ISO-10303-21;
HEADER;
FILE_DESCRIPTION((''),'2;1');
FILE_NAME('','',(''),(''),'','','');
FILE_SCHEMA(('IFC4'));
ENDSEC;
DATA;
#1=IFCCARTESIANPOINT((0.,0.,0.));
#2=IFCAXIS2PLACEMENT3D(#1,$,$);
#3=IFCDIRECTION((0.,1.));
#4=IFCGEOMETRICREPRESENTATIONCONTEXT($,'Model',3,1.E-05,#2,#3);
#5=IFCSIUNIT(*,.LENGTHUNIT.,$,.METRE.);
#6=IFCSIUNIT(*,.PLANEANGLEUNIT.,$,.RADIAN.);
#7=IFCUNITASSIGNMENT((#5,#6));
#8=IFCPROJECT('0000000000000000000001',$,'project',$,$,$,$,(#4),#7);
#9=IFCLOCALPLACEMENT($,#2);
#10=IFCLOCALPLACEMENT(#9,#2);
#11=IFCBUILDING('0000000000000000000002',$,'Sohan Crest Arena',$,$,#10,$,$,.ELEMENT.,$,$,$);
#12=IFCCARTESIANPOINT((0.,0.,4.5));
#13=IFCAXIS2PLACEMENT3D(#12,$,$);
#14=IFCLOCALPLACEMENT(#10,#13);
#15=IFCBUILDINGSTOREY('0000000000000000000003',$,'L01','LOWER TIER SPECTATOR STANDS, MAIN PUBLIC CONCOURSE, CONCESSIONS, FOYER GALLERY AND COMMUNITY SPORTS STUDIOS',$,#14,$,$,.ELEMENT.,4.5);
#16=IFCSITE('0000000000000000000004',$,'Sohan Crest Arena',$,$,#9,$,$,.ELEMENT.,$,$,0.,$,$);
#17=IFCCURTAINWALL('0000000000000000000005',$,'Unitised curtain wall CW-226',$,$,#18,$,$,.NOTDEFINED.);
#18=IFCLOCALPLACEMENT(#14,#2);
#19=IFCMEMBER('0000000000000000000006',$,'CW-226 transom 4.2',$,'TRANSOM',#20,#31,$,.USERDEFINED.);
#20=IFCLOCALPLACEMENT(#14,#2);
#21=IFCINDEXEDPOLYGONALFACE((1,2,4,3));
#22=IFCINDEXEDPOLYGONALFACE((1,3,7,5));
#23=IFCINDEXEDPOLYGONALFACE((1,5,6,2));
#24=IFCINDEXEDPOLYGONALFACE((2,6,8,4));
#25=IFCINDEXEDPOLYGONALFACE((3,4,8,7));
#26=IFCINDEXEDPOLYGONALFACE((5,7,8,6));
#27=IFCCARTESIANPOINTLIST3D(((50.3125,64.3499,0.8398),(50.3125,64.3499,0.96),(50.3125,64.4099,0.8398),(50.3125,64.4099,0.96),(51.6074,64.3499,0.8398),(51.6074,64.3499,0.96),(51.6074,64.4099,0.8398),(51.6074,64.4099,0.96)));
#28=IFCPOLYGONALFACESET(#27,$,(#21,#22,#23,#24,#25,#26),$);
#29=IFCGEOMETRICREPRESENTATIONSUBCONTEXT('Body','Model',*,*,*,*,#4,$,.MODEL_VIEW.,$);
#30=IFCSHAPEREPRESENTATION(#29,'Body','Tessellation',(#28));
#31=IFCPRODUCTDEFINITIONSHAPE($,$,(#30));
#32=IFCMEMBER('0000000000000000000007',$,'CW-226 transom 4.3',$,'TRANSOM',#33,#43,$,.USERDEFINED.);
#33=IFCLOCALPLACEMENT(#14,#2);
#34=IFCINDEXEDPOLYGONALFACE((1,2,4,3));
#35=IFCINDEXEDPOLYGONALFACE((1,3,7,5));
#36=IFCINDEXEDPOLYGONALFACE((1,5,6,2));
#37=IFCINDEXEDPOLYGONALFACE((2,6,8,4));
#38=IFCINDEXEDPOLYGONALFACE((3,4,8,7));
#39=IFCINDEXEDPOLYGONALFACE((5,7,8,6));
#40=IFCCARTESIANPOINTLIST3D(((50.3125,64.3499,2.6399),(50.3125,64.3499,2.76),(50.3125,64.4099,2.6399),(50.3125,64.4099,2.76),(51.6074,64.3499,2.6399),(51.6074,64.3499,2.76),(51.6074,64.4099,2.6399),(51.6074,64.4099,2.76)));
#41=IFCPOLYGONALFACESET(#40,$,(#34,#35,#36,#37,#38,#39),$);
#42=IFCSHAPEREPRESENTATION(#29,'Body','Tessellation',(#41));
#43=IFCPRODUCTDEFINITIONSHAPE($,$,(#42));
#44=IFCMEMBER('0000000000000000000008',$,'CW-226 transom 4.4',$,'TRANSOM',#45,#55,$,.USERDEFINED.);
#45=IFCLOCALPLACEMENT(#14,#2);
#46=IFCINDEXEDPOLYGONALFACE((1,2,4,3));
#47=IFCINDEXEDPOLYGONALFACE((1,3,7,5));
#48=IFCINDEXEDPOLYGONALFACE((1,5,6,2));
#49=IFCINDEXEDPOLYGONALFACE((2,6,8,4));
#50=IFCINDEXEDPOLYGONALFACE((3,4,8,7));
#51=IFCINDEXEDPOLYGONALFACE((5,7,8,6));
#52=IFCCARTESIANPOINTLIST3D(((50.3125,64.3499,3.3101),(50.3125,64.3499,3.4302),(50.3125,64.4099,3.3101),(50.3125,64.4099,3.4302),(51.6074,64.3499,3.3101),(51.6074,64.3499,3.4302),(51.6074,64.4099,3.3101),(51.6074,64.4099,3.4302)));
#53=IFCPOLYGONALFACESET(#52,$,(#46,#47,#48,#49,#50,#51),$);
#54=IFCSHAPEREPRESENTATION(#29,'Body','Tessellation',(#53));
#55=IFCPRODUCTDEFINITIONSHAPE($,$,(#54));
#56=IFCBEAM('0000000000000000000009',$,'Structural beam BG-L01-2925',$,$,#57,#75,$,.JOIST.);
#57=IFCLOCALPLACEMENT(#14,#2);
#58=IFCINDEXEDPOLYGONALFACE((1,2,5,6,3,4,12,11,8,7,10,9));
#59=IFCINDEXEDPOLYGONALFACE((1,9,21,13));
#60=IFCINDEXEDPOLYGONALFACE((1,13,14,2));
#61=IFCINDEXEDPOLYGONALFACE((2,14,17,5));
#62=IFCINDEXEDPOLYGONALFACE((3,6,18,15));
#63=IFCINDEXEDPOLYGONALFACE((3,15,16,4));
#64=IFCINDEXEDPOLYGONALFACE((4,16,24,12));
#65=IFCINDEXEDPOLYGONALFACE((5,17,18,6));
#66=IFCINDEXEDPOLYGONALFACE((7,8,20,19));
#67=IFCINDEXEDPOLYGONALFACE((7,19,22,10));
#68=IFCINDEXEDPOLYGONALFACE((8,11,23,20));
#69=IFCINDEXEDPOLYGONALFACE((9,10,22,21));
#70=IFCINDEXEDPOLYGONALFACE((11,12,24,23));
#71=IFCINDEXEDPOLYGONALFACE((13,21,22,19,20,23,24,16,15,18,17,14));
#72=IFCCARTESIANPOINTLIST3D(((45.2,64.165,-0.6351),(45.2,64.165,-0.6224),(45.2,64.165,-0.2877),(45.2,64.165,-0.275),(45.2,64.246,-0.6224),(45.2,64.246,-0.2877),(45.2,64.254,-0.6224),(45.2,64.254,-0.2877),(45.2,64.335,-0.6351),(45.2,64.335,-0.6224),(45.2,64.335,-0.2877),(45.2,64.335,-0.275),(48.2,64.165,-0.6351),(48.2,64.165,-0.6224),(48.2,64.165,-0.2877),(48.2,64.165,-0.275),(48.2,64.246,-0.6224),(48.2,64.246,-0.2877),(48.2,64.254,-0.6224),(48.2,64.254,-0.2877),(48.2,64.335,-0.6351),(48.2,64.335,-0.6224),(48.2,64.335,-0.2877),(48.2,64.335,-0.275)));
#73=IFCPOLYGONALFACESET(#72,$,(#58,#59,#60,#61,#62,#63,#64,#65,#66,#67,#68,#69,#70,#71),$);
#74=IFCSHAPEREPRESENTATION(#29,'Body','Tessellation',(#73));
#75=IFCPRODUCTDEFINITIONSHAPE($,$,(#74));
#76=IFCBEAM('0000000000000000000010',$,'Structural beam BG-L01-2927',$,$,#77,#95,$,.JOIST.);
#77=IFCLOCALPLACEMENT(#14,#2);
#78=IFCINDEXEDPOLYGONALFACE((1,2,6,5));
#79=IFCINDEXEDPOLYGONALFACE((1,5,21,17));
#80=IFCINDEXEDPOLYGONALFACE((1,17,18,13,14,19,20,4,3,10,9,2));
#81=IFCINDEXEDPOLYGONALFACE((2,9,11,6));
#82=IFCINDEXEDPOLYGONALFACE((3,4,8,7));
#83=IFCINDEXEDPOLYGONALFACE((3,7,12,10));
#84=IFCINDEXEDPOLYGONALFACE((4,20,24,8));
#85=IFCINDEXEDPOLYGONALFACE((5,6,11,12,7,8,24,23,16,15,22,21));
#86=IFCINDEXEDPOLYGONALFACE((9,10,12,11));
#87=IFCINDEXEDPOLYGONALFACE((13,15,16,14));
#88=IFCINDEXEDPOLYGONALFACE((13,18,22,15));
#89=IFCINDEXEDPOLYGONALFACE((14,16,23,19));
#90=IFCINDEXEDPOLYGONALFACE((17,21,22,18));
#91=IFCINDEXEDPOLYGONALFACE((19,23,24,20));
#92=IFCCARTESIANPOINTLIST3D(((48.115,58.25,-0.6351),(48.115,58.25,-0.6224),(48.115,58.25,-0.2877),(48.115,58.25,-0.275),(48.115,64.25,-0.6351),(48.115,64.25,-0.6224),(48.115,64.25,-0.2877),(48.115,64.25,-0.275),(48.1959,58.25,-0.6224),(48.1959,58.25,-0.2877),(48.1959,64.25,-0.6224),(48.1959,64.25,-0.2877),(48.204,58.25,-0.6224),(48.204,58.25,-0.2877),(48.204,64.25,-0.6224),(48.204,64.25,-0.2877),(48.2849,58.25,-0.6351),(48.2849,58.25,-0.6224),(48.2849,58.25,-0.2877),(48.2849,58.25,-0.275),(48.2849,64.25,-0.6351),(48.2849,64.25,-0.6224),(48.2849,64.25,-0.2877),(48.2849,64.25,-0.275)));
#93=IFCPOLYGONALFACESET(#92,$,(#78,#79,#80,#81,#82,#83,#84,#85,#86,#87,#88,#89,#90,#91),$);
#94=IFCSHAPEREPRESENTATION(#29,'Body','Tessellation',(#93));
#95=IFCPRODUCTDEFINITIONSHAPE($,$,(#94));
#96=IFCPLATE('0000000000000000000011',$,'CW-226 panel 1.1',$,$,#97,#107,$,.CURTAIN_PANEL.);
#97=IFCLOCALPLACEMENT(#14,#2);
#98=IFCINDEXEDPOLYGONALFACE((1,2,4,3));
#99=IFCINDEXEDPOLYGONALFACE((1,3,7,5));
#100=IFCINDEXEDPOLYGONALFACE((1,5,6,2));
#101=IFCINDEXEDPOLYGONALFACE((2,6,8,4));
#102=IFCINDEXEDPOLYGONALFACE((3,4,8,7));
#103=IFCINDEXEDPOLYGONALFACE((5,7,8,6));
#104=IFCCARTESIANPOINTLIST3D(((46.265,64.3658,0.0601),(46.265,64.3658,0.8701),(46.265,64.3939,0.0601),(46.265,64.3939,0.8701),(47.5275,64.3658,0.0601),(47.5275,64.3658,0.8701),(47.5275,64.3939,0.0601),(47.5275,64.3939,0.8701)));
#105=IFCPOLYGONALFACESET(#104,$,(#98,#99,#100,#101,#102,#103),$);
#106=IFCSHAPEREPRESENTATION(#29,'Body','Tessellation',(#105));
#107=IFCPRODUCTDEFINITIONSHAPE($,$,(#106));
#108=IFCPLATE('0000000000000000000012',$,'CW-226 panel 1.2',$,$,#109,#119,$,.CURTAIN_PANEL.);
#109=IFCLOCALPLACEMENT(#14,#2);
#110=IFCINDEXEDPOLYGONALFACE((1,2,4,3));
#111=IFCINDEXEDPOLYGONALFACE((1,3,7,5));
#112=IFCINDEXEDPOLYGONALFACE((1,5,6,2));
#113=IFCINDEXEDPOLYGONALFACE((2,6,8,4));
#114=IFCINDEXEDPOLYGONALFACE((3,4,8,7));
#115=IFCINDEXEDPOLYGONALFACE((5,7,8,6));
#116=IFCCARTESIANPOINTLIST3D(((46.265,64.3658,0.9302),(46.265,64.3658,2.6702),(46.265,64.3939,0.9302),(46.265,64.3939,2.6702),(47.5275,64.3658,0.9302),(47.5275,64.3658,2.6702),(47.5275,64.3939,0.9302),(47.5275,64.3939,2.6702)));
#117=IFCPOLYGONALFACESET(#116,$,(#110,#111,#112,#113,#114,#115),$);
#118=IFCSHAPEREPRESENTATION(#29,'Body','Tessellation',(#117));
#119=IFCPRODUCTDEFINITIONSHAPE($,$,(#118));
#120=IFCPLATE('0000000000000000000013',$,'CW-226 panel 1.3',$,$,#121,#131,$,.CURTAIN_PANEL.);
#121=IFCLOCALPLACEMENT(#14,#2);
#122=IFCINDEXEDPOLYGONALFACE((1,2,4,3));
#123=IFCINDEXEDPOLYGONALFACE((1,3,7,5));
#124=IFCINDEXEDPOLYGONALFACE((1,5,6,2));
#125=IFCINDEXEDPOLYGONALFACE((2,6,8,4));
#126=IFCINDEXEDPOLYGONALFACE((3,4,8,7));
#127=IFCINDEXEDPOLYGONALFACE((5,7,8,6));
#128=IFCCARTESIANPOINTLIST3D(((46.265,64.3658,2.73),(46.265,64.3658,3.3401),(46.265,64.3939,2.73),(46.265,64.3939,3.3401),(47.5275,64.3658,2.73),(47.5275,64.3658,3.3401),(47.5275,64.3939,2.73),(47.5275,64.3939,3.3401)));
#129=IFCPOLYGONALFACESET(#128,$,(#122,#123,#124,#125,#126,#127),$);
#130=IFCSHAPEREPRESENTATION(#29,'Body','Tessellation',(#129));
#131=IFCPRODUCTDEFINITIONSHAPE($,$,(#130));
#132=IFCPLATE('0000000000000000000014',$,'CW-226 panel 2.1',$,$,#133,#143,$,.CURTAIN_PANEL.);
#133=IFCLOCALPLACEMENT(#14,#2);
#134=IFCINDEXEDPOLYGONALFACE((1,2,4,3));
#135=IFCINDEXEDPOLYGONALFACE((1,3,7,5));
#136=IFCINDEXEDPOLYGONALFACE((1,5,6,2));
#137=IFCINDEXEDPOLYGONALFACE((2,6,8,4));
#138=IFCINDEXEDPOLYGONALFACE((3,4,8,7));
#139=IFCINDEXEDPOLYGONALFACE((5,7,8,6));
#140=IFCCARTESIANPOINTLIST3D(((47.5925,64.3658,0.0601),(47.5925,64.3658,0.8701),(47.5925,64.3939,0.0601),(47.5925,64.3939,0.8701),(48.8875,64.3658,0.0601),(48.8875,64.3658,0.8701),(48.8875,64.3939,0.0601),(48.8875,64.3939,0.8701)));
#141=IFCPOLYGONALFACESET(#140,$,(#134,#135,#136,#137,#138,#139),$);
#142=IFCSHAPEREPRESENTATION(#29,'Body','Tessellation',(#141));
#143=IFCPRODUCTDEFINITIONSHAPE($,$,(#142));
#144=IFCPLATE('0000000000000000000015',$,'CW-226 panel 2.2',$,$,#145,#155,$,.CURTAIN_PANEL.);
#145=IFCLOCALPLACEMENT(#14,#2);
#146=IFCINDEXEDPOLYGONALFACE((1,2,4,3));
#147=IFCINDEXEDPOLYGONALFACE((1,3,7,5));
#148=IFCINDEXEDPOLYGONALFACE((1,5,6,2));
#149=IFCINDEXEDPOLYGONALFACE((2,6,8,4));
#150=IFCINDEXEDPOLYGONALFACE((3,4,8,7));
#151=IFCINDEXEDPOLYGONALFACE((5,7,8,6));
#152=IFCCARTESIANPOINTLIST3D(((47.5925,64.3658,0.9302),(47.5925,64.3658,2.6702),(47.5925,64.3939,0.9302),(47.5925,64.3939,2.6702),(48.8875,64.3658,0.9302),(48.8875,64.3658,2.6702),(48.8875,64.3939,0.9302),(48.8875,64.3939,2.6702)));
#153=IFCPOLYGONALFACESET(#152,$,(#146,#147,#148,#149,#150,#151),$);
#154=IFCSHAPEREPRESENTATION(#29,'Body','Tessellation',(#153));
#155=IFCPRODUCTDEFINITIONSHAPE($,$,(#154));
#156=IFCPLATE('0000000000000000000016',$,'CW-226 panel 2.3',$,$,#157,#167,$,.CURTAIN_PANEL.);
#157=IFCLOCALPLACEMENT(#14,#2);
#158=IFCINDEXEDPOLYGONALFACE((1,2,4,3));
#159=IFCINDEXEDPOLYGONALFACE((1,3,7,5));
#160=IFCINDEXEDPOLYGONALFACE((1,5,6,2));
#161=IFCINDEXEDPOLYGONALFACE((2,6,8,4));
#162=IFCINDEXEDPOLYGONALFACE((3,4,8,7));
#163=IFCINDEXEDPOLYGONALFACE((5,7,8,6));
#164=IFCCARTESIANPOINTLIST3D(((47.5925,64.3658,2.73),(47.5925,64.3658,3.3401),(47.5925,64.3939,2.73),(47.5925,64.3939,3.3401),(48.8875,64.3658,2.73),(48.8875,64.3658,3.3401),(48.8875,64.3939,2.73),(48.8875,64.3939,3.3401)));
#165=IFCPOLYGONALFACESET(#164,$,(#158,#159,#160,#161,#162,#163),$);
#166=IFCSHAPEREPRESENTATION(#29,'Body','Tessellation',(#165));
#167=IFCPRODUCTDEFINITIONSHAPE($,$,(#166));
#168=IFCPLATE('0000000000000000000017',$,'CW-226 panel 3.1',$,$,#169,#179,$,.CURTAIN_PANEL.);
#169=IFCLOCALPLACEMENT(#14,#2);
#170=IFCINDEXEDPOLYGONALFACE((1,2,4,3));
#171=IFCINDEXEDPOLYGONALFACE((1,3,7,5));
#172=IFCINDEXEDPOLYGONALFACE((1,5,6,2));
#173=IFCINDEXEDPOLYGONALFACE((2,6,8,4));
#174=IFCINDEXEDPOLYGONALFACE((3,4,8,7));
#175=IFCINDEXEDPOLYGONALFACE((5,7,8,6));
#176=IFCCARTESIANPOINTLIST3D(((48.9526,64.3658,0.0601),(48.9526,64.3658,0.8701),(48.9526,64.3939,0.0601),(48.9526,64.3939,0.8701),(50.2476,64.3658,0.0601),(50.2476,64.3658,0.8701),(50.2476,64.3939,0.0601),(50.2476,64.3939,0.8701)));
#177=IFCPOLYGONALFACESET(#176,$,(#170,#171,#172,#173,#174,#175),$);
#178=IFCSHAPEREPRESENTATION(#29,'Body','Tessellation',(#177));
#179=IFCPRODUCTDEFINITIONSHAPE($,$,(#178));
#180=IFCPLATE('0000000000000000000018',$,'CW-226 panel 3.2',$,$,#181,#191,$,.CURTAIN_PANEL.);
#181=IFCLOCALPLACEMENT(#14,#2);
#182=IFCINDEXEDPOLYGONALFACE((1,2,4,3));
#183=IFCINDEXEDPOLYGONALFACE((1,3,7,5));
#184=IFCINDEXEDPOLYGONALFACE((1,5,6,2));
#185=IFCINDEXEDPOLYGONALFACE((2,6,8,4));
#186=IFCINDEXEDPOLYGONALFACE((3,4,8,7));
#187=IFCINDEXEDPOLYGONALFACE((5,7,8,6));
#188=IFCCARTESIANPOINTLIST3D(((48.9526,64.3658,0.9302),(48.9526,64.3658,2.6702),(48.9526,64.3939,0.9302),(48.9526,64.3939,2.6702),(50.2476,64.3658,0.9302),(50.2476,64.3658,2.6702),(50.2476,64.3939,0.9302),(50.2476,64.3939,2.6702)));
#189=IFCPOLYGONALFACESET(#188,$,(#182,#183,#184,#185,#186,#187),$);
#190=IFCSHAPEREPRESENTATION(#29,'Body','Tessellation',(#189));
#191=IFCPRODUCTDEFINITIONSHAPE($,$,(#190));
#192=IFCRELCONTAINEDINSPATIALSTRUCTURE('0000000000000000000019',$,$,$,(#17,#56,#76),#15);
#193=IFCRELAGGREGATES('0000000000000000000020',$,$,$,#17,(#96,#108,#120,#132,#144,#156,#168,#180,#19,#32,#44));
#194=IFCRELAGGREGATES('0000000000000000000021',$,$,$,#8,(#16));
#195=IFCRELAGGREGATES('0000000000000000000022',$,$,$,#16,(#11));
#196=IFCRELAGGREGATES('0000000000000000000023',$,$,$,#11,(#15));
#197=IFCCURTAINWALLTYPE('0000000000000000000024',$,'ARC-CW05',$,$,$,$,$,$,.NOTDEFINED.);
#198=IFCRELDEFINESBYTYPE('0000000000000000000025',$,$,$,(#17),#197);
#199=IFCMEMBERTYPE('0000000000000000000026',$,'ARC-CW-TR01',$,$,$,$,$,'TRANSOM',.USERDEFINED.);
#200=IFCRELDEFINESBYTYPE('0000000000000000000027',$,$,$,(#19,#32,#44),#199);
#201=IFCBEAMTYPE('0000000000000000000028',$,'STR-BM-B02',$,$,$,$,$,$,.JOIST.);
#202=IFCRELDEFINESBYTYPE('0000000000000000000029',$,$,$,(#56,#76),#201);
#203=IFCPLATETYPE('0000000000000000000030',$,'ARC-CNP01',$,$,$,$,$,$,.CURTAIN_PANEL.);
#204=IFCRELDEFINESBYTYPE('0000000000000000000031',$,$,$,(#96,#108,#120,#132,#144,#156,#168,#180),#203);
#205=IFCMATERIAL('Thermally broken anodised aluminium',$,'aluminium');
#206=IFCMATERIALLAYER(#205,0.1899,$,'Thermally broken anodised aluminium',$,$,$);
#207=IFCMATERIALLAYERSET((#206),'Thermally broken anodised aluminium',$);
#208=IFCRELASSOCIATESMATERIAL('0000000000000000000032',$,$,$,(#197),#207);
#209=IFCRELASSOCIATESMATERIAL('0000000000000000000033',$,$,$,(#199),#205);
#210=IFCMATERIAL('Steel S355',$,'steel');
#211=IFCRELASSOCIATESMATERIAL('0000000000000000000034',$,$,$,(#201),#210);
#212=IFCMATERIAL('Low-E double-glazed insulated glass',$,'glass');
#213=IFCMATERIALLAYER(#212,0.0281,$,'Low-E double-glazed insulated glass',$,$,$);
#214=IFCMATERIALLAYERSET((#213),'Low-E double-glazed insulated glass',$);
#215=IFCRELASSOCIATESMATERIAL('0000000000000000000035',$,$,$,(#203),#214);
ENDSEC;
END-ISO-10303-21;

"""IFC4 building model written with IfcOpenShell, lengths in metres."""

from ifc_helpers import new_model, si_unit, direction, frame, origin, origin_2d, place, context, subcontext, project, spatial, rectangle, i_section, extrude, material, layer, layer_set, material_profile, profile_set, type_object, element, aggregate, save


model = new_model("IFC4")

# Units and contexts
model_context = context("Model", 3, precision=1e-05, world=origin(), true_north=direction((0.0, 1.0)))
body_context = subcontext(model_context, "Body", "Model", "MODEL_VIEW")
ifc_project = project(units=[si_unit("LENGTHUNIT", "METRE"), si_unit("PLANEANGLEUNIT", "RADIAN")], contexts=[model_context])

# Site, building, storey
site_placement = place(None, origin())
site = spatial("IfcSite", under=ifc_project, at=site_placement, Name="Sohan Crest Arena", CompositionType="ELEMENT", RefElevation=0.0)
building_placement = place(site_placement, origin())
building = spatial("IfcBuilding", under=site, at=building_placement, Name="Sohan Crest Arena", CompositionType="ELEMENT")
storey_placement = place(building_placement, frame((0.0, 0.0, 4.5)))
storey = spatial("IfcBuildingStorey", under=building, at=storey_placement, Name="L01", Description="LOWER TIER SPECTATOR STANDS, MAIN PUBLIC CONCOURSE, CONCESSIONS, FOYER GALLERY AND COMMUNITY SPORTS STUDIOS", CompositionType="ELEMENT", Elevation=4.5)

# Shared definitions
ifc_material_1 = material(Name="Steel S355", Category="steel")

# Curtain wall, members
ifc_material_2 = material(Name="Thermally broken anodised aluminium", Category="aluminium")
ifc_layer_1 = layer(ifc_material_2, 0.1899, Name="Thermally broken anodised aluminium")
ifc_layer_set_1 = layer_set([ifc_layer_1], Name="Thermally broken anodised aluminium")
curtain_wall_type = type_object("IfcCurtainWallType", Name="ARC-CW05", PredefinedType="NOTDEFINED", material=ifc_layer_set_1)
curtain_wall_placement = place(storey_placement, origin())
curtain_wall = element("IfcCurtainWall", 1, at=curtain_wall_placement, inside=storey, type_object=curtain_wall_type, Name="Unitised curtain wall CW-226", PredefinedType="NOTDEFINED")
ifc_material_profile_1 = material_profile(ifc_material_2, rectangle(XDim=0.0601, YDim=0.1201, at=origin_2d()), Name="ALU-TRAN 60x120")
ifc_profile_set_1 = profile_set([ifc_material_profile_1], Name="Thermally broken anodised aluminium")
member_type_1 = type_object("IfcMemberType", Name="ARC-CW-TR01", ElementType="TRANSOM", PredefinedType="USERDEFINED", material=ifc_profile_set_1)
member_1_placement = place(storey_placement, frame((50.3125, 64.3799, 0.8999), z_axis=(1.0, 0.0, 0.0), x_axis=(0.0, 1.0, 0.0)))
member_1 = element("IfcMember", 2, at=member_1_placement, type_object=member_type_1, Name="CW-226 transom 4.2", ObjectType="TRANSOM", PredefinedType="USERDEFINED", context=body_context, shape_type="SweptSolid", body=[
    extrude(rectangle(XDim=0.0601, YDim=0.1201, at=origin_2d()), origin(), (0.0, 0.0, 1.0), 1.2949),
])
member_2_placement = place(storey_placement, frame((50.3125, 64.3799, 2.7), z_axis=(1.0, 0.0, 0.0), x_axis=(0.0, 1.0, 0.0)))
member_2 = element("IfcMember", 3, at=member_2_placement, type_object=member_type_1, Name="CW-226 transom 4.3", ObjectType="TRANSOM", PredefinedType="USERDEFINED", context=body_context, shape_type="SweptSolid", body=[
    extrude(rectangle(XDim=0.0601, YDim=0.1201, at=origin_2d()), origin(), (0.0, 0.0, 1.0), 1.2949),
])
member_3_placement = place(storey_placement, frame((50.3125, 64.3799, 3.3701), z_axis=(1.0, 0.0, 0.0), x_axis=(0.0, 1.0, 0.0)))
member_3 = element("IfcMember", 4, at=member_3_placement, type_object=member_type_1, Name="CW-226 transom 4.4", ObjectType="TRANSOM", PredefinedType="USERDEFINED", context=body_context, shape_type="SweptSolid", body=[
    extrude(rectangle(XDim=0.0601, YDim=0.1201, at=origin_2d()), origin(), (0.0, 0.0, 1.0), 1.2949),
])

# Beams
ifc_material_profile_2 = material_profile(ifc_material_1, i_section(OverallWidth=0.1699, OverallDepth=0.3601, WebThickness=0.0081, FlangeThickness=0.0127, at=origin_2d()), Name="IPE 360")
ifc_profile_set_2 = profile_set([ifc_material_profile_2], Name="Steel S355")
beam_type = type_object("IfcBeamType", Name="STR-BM-B02", PredefinedType="JOIST", material=ifc_profile_set_2)
beam_1_placement = place(storey_placement, frame((45.2, 64.25, -0.4551), z_axis=(1.0, 0.0, 0.0), x_axis=(0.0, 1.0, 0.0)))
element("IfcBeam", 5, at=beam_1_placement, inside=storey, type_object=beam_type, Name="Structural beam BG-L01-2925", PredefinedType="JOIST", context=body_context, shape_type="SweptSolid", body=[
    extrude(i_section(OverallWidth=0.1699, OverallDepth=0.3601, WebThickness=0.0081, FlangeThickness=0.0127, at=origin_2d()), origin(), (0.0, 0.0, 1.0), 3.0),
])
beam_2_placement = place(storey_placement, frame((48.2, 58.25, -0.4551), z_axis=(0.0, 1.0, 0.0), x_axis=(-1.0, 0.0, 0.0)))
element("IfcBeam", 6, at=beam_2_placement, inside=storey, type_object=beam_type, Name="Structural beam BG-L01-2927", PredefinedType="JOIST", context=body_context, shape_type="SweptSolid", body=[
    extrude(i_section(OverallWidth=0.1699, OverallDepth=0.3601, WebThickness=0.0081, FlangeThickness=0.0127, at=origin_2d()), origin(), (0.0, 0.0, 1.0), 6.0),
])

# Plates
ifc_material_3 = material(Name="Low-E double-glazed insulated glass", Category="glass")
ifc_layer_2 = layer(ifc_material_3, 0.0281, Name="Low-E double-glazed insulated glass")
ifc_layer_set_2 = layer_set([ifc_layer_2], Name="Low-E double-glazed insulated glass")
plate_type_1 = type_object("IfcPlateType", Name="ARC-CNP01", PredefinedType="CURTAIN_PANEL", material=ifc_layer_set_2)
plate_1_placement = place(storey_placement, frame((46.8962, 64.3799, 0.0601), z_axis=(0.0, 0.0, 1.0), x_axis=(1.0, 0.0, 0.0)))
plate_1 = element("IfcPlate", 7, at=plate_1_placement, type_object=plate_type_1, Name="CW-226 panel 1.1", PredefinedType="CURTAIN_PANEL", context=body_context, shape_type="SweptSolid", body=[
    extrude(rectangle(XDim=1.2625, YDim=0.0281, at=origin_2d()), origin(), (0.0, 0.0, 1.0), 0.8101),
])
plate_2_placement = place(storey_placement, frame((46.8962, 64.3799, 0.9302), z_axis=(0.0, 0.0, 1.0), x_axis=(1.0, 0.0, 0.0)))
plate_2 = element("IfcPlate", 8, at=plate_2_placement, type_object=plate_type_1, Name="CW-226 panel 1.2", PredefinedType="CURTAIN_PANEL", context=body_context, shape_type="SweptSolid", body=[
    extrude(rectangle(XDim=1.2625, YDim=0.0281, at=origin_2d()), origin(), (0.0, 0.0, 1.0), 1.74),
])
plate_3_placement = place(storey_placement, frame((46.8962, 64.3799, 2.73), z_axis=(0.0, 0.0, 1.0), x_axis=(1.0, 0.0, 0.0)))
plate_3 = element("IfcPlate", 9, at=plate_3_placement, type_object=plate_type_1, Name="CW-226 panel 1.3", PredefinedType="CURTAIN_PANEL", context=body_context, shape_type="SweptSolid", body=[
    extrude(rectangle(XDim=1.2625, YDim=0.0281, at=origin_2d()), origin(), (0.0, 0.0, 1.0), 0.6101),
])
plate_4_placement = place(storey_placement, frame((48.24, 64.3799, 0.0601), z_axis=(0.0, 0.0, 1.0), x_axis=(1.0, 0.0, 0.0)))
plate_4 = element("IfcPlate", 10, at=plate_4_placement, type_object=plate_type_1, Name="CW-226 panel 2.1", PredefinedType="CURTAIN_PANEL", context=body_context, shape_type="SweptSolid", body=[
    extrude(rectangle(XDim=1.2949, YDim=0.0281, at=origin_2d()), origin(), (0.0, 0.0, 1.0), 0.8101),
])
plate_5_placement = place(storey_placement, frame((48.24, 64.3799, 0.9302), z_axis=(0.0, 0.0, 1.0), x_axis=(1.0, 0.0, 0.0)))
plate_5 = element("IfcPlate", 11, at=plate_5_placement, type_object=plate_type_1, Name="CW-226 panel 2.2", PredefinedType="CURTAIN_PANEL", context=body_context, shape_type="SweptSolid", body=[
    extrude(rectangle(XDim=1.2949, YDim=0.0281, at=origin_2d()), origin(), (0.0, 0.0, 1.0), 1.74),
])
plate_6_placement = place(storey_placement, frame((48.24, 64.3799, 2.73), z_axis=(0.0, 0.0, 1.0), x_axis=(1.0, 0.0, 0.0)))
plate_6 = element("IfcPlate", 12, at=plate_6_placement, type_object=plate_type_1, Name="CW-226 panel 2.3", PredefinedType="CURTAIN_PANEL", context=body_context, shape_type="SweptSolid", body=[
    extrude(rectangle(XDim=1.2949, YDim=0.0281, at=origin_2d()), origin(), (0.0, 0.0, 1.0), 0.6101),
])
plate_7_placement = place(storey_placement, frame((49.6001, 64.3799, 0.0601), z_axis=(0.0, 0.0, 1.0), x_axis=(1.0, 0.0, 0.0)))
plate_7 = element("IfcPlate", 13, at=plate_7_placement, type_object=plate_type_1, Name="CW-226 panel 3.1", PredefinedType="CURTAIN_PANEL", context=body_context, shape_type="SweptSolid", body=[
    extrude(rectangle(XDim=1.2949, YDim=0.0281, at=origin_2d()), origin(), (0.0, 0.0, 1.0), 0.8101),
])
plate_8_placement = place(storey_placement, frame((49.6001, 64.3799, 0.9302), z_axis=(0.0, 0.0, 1.0), x_axis=(1.0, 0.0, 0.0)))
plate_8 = element("IfcPlate", 14, at=plate_8_placement, type_object=plate_type_1, Name="CW-226 panel 3.2", PredefinedType="CURTAIN_PANEL", context=body_context, shape_type="SweptSolid", body=[
    extrude(rectangle(XDim=1.2949, YDim=0.0281, at=origin_2d()), origin(), (0.0, 0.0, 1.0), 1.74),
])
aggregate(curtain_wall, [plate_1, plate_2, plate_3, plate_4, plate_5, plate_6, plate_7, plate_8, member_1, member_2, member_3])

save(model, "model.ifc")
